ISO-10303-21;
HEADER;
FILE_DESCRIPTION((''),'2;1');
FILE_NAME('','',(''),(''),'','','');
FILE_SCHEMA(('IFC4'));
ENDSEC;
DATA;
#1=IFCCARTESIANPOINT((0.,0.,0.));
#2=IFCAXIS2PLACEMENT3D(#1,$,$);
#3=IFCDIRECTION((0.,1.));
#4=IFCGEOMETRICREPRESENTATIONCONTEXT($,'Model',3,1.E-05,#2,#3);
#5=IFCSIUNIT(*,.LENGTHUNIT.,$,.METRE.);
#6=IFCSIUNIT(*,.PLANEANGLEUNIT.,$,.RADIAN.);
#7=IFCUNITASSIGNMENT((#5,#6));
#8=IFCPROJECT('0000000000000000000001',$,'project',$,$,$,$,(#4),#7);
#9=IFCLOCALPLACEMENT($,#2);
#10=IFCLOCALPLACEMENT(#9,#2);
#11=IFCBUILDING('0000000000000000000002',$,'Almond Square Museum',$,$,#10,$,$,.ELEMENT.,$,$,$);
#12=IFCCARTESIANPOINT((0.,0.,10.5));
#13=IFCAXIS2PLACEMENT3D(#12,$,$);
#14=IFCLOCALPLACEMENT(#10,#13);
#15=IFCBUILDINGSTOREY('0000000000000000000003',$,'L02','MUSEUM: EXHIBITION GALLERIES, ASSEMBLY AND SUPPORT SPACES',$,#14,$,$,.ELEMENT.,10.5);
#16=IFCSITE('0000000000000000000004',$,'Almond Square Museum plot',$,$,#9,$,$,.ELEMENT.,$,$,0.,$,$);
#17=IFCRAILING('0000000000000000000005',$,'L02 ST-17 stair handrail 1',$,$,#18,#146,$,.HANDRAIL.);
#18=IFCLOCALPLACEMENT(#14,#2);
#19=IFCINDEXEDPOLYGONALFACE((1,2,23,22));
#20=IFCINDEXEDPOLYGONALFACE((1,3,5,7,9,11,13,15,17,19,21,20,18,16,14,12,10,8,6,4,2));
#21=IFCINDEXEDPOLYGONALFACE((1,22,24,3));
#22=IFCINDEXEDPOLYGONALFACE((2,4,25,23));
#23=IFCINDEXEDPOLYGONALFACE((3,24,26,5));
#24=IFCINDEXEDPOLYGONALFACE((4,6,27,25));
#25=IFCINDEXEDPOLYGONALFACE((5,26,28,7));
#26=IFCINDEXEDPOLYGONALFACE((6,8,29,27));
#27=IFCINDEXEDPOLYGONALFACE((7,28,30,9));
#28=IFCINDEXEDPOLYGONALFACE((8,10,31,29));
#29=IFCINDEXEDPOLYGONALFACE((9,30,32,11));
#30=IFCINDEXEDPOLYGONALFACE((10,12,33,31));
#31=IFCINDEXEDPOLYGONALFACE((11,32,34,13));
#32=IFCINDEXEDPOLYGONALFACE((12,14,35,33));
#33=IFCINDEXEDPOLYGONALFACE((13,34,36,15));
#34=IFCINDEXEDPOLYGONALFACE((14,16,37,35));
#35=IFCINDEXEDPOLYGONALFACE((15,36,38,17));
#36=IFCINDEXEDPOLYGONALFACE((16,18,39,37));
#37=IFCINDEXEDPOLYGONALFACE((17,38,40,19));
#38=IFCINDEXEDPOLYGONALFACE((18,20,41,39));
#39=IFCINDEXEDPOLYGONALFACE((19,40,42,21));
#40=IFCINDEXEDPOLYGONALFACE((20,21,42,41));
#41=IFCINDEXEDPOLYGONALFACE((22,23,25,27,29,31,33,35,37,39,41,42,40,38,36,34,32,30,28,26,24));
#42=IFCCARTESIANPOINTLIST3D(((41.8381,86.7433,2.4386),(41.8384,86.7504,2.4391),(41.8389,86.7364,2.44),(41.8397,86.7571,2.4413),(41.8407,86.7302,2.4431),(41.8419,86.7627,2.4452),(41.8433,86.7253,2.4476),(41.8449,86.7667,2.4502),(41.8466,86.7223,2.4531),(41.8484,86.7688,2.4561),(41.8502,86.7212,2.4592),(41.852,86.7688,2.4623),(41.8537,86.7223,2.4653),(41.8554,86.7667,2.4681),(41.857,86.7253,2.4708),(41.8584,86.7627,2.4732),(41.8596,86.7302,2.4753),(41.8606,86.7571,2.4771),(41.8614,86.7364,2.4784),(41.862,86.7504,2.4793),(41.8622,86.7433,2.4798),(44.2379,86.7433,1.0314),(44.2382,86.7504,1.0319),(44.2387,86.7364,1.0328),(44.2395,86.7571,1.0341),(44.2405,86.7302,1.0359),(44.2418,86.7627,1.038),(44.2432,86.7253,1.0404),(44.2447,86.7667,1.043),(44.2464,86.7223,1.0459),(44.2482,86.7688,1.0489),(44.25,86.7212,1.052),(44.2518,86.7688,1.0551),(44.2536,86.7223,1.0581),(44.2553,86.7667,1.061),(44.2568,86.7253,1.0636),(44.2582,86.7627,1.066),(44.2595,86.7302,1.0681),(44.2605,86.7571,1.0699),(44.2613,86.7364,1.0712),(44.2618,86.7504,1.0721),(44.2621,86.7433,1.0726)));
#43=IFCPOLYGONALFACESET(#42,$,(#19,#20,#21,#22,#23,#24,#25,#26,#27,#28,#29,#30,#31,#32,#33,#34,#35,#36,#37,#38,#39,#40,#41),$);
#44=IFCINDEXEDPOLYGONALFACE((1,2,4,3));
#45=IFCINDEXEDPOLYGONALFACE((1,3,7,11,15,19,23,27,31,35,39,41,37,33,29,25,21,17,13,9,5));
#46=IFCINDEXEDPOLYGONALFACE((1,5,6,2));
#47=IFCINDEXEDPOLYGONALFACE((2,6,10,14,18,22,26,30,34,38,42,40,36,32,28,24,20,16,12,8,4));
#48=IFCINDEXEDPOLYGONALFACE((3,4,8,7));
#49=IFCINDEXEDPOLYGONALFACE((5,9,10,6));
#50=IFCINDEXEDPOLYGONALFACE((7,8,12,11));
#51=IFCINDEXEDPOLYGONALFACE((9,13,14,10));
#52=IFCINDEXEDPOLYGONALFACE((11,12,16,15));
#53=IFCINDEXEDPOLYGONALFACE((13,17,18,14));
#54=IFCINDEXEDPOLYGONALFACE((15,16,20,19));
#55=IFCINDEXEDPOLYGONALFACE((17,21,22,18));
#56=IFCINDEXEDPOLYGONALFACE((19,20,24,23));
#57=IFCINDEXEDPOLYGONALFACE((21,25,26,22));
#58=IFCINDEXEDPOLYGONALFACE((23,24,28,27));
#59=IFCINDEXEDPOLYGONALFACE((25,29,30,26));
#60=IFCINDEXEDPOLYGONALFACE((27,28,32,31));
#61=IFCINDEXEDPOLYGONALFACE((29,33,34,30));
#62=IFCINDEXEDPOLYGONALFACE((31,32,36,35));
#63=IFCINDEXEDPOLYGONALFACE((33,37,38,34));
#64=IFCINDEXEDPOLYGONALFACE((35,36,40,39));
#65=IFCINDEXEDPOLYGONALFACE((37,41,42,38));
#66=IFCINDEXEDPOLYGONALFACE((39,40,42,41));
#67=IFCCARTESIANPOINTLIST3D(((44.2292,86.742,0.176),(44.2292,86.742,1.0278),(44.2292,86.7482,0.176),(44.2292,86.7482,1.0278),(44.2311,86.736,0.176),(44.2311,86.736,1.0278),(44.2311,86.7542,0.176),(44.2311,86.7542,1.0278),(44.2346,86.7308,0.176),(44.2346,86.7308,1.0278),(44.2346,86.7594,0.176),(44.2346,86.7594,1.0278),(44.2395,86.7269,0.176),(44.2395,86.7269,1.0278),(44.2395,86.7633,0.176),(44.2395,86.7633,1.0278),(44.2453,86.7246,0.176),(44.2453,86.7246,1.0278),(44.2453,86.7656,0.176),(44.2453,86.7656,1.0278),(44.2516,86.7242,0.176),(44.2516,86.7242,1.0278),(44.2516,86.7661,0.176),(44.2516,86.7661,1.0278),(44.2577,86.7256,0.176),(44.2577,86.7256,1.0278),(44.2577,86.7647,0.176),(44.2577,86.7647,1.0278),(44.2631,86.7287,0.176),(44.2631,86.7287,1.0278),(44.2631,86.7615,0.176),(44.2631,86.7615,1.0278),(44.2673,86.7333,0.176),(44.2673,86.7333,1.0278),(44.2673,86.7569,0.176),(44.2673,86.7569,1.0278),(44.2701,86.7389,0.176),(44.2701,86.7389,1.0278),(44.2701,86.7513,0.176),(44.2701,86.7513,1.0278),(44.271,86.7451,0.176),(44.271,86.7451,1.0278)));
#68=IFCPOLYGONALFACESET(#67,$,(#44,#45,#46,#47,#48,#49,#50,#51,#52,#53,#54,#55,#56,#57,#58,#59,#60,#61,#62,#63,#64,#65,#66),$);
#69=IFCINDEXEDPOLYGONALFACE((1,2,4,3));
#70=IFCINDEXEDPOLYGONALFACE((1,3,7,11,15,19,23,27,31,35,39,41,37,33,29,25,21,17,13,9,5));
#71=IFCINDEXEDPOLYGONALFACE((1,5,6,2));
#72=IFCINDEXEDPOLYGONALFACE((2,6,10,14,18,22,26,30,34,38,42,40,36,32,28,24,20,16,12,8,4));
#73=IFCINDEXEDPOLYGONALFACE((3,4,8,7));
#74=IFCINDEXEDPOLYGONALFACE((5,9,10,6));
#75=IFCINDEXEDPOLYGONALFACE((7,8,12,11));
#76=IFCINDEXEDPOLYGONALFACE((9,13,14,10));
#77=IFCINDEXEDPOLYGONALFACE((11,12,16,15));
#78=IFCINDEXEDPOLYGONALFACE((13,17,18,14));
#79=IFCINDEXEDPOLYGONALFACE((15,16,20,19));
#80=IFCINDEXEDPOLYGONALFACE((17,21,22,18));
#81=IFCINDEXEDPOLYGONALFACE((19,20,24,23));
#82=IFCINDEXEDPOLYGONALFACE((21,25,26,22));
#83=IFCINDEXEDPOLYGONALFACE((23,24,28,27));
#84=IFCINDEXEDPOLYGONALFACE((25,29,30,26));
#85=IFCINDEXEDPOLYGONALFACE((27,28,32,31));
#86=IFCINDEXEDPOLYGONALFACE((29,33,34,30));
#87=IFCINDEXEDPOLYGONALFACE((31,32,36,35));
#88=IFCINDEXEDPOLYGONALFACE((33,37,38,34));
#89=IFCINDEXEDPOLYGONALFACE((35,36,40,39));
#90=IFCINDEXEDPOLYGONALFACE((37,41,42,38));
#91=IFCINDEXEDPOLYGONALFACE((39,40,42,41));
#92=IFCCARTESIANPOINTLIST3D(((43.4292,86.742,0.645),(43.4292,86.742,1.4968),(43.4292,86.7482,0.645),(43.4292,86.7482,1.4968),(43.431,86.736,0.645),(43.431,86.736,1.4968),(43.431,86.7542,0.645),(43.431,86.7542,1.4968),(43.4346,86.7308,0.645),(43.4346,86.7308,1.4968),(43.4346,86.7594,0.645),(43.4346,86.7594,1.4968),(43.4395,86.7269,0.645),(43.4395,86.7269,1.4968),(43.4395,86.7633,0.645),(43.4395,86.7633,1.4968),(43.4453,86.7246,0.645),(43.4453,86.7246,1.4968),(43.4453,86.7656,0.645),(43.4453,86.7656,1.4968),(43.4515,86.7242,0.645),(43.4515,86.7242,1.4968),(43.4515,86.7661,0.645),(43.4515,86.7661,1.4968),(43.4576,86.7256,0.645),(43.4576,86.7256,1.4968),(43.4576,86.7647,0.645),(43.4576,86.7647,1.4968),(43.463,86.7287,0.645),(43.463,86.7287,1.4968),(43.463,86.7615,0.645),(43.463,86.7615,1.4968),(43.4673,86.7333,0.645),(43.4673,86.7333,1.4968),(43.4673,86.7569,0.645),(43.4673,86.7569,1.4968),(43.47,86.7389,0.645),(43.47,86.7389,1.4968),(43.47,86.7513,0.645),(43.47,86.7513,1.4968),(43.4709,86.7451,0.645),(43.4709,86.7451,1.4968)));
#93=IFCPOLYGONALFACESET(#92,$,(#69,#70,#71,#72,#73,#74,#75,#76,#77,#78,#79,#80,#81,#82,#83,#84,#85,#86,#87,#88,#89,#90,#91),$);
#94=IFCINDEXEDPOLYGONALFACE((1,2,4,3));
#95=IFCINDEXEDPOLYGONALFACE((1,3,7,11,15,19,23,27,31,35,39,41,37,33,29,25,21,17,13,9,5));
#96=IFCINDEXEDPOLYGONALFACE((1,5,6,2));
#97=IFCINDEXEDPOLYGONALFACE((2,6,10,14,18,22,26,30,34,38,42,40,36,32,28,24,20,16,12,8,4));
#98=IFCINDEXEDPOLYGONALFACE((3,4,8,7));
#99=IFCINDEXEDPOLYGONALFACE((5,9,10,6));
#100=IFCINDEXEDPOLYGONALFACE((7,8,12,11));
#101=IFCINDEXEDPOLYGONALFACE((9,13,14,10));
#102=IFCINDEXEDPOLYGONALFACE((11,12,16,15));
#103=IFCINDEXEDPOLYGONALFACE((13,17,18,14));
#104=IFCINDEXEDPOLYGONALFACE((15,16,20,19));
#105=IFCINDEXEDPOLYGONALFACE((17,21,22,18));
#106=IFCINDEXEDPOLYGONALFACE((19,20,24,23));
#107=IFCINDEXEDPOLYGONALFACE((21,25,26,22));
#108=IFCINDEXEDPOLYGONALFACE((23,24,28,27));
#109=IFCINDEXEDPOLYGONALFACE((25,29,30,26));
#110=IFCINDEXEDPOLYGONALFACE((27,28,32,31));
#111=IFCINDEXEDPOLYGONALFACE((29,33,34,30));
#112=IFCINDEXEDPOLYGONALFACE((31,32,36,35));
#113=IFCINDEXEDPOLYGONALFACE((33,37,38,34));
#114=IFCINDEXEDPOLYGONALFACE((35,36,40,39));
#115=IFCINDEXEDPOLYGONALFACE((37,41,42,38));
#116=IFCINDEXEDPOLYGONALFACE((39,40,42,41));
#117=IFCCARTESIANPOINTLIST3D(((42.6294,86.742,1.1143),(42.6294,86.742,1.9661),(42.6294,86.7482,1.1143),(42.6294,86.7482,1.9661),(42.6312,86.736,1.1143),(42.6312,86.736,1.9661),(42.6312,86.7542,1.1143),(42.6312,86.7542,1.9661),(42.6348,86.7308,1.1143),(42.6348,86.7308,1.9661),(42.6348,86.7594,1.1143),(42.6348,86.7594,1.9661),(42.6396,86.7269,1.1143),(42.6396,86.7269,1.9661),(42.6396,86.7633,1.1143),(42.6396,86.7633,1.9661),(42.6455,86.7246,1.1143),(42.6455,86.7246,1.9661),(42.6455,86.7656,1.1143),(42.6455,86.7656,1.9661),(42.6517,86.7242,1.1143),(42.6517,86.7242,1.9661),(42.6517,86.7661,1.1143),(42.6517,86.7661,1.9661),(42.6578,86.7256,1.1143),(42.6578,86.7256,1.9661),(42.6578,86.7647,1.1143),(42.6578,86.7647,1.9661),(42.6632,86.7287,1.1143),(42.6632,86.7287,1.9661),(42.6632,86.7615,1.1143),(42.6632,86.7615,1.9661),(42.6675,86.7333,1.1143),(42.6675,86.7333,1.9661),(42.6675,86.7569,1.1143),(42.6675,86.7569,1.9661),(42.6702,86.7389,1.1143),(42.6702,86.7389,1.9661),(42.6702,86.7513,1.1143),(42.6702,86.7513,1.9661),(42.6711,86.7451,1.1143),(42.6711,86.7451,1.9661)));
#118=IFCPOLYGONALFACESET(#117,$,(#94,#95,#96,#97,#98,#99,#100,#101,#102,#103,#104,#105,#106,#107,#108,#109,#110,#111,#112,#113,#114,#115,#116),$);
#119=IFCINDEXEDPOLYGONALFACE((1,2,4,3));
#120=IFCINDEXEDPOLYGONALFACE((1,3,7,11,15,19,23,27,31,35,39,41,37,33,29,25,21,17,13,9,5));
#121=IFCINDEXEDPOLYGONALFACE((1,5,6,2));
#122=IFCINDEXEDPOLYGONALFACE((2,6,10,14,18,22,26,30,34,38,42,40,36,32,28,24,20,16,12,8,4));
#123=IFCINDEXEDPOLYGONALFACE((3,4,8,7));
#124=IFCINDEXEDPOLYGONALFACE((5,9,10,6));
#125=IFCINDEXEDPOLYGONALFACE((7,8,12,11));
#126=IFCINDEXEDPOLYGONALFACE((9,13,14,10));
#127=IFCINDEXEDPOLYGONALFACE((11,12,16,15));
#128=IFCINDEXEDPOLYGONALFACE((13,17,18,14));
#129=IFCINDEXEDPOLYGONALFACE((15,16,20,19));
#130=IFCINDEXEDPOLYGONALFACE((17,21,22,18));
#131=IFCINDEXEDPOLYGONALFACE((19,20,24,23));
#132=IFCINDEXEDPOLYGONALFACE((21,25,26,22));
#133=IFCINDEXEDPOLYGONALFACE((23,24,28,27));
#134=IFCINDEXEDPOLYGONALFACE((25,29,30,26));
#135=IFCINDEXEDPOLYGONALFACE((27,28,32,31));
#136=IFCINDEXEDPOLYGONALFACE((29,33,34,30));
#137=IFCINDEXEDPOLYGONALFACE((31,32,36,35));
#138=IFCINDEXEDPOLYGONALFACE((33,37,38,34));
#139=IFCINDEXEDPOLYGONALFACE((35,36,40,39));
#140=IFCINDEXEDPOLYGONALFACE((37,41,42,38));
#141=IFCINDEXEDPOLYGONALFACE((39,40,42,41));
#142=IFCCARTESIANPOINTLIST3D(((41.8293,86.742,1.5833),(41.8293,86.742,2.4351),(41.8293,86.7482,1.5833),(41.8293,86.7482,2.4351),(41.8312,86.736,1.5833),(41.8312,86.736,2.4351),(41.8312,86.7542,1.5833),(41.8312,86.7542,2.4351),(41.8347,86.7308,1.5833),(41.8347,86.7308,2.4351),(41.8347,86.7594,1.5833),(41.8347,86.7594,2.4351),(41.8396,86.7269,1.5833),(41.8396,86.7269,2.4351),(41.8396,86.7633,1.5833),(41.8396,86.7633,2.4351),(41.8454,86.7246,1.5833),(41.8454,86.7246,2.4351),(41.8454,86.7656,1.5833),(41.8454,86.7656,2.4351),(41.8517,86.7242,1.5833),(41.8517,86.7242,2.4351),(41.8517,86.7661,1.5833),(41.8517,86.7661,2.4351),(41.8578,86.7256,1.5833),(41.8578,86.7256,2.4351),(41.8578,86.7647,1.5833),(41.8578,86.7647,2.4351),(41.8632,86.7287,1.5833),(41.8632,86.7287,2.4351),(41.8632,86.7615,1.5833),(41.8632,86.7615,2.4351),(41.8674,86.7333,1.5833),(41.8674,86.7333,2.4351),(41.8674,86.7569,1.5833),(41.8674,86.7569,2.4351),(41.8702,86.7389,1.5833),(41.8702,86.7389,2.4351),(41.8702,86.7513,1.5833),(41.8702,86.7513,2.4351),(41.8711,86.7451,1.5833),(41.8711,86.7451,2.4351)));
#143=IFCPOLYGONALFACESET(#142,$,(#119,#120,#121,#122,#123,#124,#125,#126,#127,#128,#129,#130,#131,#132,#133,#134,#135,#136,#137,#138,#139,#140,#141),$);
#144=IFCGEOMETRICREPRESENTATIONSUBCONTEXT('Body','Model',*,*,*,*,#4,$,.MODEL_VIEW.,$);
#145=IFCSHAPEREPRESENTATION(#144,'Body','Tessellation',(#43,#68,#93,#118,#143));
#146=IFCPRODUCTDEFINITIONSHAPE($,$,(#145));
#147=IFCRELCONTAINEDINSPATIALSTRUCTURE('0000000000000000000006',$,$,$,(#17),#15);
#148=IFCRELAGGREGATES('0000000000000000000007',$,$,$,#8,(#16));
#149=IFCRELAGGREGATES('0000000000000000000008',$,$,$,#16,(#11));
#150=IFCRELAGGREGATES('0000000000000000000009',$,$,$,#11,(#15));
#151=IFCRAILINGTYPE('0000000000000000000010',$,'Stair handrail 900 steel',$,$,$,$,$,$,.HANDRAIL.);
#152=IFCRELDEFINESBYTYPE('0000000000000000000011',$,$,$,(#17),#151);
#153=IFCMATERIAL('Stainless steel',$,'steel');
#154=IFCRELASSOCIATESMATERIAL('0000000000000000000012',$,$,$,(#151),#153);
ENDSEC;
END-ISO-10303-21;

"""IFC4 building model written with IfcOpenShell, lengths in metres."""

from ifc_helpers import new_model, si_unit, direction, frame, origin, origin_2d, place, context, subcontext, project, spatial, circle, extrude, material, type_object, element, save


model = new_model("IFC4")

# Units and contexts
model_context = context("Model", 3, precision=1e-05, world=origin(), true_north=direction((0.0, 1.0)))
body_context = subcontext(model_context, "Body", "Model", "MODEL_VIEW")
ifc_project = project(units=[si_unit("LENGTHUNIT", "METRE"), si_unit("PLANEANGLEUNIT", "RADIAN")], contexts=[model_context])

# Site, building, storey
site_placement = place(None, origin())
site = spatial("IfcSite", under=ifc_project, at=site_placement, Name="Almond Square Museum plot", CompositionType="ELEMENT", RefElevation=0.0)
building_placement = place(site_placement, origin())
building = spatial("IfcBuilding", under=site, at=building_placement, Name="Almond Square Museum", CompositionType="ELEMENT")
storey_placement = place(building_placement, frame((0.0, 0.0, 10.5)))
storey = spatial("IfcBuildingStorey", under=building, at=storey_placement, Name="L02", Description="MUSEUM: EXHIBITION GALLERIES, ASSEMBLY AND SUPPORT SPACES", CompositionType="ELEMENT", Elevation=10.5)

# Railing
ifc_material_1 = material(Name="Stainless steel", Category="steel")
railing_type_1 = type_object("IfcRailingType", Name="Stair handrail 900 steel", PredefinedType="HANDRAIL", material=ifc_material_1)
railing_1_placement = place(storey_placement, frame((44.25, 86.7451, 0.176)))
element("IfcRailing", 1, at=railing_1_placement, inside=storey, type_object=railing_type_1, Name="L02 ST-17 stair handrail 1", PredefinedType="HANDRAIL", context=body_context, shape_type="SweptSolid", body=[
    extrude(circle(Radius=0.0239, at=origin_2d()), frame((0.0, 0.0, 0.876), z_axis=(-0.862637, 0.0, 0.505823), x_axis=(0.0, -1.0, 0.0)), (0.0, 0.0, 1.0), 2.782),
    extrude(circle(Radius=0.021, at=origin_2d()), origin(), (0.0, 0.0, 1.0), 0.8518),
    extrude(circle(Radius=0.021, at=origin_2d()), frame((-0.8, 0.0, 0.469)), (0.0, 0.0, 1.0), 0.8518),
    extrude(circle(Radius=0.021, at=origin_2d()), frame((-1.5999, 0.0, 0.9382)), (0.0, 0.0, 1.0), 0.8518),
    extrude(circle(Radius=0.021, at=origin_2d()), frame((-2.3999, 0.0, 1.4072)), (0.0, 0.0, 1.0), 0.8518),
])

save(model, "model.ifc")
